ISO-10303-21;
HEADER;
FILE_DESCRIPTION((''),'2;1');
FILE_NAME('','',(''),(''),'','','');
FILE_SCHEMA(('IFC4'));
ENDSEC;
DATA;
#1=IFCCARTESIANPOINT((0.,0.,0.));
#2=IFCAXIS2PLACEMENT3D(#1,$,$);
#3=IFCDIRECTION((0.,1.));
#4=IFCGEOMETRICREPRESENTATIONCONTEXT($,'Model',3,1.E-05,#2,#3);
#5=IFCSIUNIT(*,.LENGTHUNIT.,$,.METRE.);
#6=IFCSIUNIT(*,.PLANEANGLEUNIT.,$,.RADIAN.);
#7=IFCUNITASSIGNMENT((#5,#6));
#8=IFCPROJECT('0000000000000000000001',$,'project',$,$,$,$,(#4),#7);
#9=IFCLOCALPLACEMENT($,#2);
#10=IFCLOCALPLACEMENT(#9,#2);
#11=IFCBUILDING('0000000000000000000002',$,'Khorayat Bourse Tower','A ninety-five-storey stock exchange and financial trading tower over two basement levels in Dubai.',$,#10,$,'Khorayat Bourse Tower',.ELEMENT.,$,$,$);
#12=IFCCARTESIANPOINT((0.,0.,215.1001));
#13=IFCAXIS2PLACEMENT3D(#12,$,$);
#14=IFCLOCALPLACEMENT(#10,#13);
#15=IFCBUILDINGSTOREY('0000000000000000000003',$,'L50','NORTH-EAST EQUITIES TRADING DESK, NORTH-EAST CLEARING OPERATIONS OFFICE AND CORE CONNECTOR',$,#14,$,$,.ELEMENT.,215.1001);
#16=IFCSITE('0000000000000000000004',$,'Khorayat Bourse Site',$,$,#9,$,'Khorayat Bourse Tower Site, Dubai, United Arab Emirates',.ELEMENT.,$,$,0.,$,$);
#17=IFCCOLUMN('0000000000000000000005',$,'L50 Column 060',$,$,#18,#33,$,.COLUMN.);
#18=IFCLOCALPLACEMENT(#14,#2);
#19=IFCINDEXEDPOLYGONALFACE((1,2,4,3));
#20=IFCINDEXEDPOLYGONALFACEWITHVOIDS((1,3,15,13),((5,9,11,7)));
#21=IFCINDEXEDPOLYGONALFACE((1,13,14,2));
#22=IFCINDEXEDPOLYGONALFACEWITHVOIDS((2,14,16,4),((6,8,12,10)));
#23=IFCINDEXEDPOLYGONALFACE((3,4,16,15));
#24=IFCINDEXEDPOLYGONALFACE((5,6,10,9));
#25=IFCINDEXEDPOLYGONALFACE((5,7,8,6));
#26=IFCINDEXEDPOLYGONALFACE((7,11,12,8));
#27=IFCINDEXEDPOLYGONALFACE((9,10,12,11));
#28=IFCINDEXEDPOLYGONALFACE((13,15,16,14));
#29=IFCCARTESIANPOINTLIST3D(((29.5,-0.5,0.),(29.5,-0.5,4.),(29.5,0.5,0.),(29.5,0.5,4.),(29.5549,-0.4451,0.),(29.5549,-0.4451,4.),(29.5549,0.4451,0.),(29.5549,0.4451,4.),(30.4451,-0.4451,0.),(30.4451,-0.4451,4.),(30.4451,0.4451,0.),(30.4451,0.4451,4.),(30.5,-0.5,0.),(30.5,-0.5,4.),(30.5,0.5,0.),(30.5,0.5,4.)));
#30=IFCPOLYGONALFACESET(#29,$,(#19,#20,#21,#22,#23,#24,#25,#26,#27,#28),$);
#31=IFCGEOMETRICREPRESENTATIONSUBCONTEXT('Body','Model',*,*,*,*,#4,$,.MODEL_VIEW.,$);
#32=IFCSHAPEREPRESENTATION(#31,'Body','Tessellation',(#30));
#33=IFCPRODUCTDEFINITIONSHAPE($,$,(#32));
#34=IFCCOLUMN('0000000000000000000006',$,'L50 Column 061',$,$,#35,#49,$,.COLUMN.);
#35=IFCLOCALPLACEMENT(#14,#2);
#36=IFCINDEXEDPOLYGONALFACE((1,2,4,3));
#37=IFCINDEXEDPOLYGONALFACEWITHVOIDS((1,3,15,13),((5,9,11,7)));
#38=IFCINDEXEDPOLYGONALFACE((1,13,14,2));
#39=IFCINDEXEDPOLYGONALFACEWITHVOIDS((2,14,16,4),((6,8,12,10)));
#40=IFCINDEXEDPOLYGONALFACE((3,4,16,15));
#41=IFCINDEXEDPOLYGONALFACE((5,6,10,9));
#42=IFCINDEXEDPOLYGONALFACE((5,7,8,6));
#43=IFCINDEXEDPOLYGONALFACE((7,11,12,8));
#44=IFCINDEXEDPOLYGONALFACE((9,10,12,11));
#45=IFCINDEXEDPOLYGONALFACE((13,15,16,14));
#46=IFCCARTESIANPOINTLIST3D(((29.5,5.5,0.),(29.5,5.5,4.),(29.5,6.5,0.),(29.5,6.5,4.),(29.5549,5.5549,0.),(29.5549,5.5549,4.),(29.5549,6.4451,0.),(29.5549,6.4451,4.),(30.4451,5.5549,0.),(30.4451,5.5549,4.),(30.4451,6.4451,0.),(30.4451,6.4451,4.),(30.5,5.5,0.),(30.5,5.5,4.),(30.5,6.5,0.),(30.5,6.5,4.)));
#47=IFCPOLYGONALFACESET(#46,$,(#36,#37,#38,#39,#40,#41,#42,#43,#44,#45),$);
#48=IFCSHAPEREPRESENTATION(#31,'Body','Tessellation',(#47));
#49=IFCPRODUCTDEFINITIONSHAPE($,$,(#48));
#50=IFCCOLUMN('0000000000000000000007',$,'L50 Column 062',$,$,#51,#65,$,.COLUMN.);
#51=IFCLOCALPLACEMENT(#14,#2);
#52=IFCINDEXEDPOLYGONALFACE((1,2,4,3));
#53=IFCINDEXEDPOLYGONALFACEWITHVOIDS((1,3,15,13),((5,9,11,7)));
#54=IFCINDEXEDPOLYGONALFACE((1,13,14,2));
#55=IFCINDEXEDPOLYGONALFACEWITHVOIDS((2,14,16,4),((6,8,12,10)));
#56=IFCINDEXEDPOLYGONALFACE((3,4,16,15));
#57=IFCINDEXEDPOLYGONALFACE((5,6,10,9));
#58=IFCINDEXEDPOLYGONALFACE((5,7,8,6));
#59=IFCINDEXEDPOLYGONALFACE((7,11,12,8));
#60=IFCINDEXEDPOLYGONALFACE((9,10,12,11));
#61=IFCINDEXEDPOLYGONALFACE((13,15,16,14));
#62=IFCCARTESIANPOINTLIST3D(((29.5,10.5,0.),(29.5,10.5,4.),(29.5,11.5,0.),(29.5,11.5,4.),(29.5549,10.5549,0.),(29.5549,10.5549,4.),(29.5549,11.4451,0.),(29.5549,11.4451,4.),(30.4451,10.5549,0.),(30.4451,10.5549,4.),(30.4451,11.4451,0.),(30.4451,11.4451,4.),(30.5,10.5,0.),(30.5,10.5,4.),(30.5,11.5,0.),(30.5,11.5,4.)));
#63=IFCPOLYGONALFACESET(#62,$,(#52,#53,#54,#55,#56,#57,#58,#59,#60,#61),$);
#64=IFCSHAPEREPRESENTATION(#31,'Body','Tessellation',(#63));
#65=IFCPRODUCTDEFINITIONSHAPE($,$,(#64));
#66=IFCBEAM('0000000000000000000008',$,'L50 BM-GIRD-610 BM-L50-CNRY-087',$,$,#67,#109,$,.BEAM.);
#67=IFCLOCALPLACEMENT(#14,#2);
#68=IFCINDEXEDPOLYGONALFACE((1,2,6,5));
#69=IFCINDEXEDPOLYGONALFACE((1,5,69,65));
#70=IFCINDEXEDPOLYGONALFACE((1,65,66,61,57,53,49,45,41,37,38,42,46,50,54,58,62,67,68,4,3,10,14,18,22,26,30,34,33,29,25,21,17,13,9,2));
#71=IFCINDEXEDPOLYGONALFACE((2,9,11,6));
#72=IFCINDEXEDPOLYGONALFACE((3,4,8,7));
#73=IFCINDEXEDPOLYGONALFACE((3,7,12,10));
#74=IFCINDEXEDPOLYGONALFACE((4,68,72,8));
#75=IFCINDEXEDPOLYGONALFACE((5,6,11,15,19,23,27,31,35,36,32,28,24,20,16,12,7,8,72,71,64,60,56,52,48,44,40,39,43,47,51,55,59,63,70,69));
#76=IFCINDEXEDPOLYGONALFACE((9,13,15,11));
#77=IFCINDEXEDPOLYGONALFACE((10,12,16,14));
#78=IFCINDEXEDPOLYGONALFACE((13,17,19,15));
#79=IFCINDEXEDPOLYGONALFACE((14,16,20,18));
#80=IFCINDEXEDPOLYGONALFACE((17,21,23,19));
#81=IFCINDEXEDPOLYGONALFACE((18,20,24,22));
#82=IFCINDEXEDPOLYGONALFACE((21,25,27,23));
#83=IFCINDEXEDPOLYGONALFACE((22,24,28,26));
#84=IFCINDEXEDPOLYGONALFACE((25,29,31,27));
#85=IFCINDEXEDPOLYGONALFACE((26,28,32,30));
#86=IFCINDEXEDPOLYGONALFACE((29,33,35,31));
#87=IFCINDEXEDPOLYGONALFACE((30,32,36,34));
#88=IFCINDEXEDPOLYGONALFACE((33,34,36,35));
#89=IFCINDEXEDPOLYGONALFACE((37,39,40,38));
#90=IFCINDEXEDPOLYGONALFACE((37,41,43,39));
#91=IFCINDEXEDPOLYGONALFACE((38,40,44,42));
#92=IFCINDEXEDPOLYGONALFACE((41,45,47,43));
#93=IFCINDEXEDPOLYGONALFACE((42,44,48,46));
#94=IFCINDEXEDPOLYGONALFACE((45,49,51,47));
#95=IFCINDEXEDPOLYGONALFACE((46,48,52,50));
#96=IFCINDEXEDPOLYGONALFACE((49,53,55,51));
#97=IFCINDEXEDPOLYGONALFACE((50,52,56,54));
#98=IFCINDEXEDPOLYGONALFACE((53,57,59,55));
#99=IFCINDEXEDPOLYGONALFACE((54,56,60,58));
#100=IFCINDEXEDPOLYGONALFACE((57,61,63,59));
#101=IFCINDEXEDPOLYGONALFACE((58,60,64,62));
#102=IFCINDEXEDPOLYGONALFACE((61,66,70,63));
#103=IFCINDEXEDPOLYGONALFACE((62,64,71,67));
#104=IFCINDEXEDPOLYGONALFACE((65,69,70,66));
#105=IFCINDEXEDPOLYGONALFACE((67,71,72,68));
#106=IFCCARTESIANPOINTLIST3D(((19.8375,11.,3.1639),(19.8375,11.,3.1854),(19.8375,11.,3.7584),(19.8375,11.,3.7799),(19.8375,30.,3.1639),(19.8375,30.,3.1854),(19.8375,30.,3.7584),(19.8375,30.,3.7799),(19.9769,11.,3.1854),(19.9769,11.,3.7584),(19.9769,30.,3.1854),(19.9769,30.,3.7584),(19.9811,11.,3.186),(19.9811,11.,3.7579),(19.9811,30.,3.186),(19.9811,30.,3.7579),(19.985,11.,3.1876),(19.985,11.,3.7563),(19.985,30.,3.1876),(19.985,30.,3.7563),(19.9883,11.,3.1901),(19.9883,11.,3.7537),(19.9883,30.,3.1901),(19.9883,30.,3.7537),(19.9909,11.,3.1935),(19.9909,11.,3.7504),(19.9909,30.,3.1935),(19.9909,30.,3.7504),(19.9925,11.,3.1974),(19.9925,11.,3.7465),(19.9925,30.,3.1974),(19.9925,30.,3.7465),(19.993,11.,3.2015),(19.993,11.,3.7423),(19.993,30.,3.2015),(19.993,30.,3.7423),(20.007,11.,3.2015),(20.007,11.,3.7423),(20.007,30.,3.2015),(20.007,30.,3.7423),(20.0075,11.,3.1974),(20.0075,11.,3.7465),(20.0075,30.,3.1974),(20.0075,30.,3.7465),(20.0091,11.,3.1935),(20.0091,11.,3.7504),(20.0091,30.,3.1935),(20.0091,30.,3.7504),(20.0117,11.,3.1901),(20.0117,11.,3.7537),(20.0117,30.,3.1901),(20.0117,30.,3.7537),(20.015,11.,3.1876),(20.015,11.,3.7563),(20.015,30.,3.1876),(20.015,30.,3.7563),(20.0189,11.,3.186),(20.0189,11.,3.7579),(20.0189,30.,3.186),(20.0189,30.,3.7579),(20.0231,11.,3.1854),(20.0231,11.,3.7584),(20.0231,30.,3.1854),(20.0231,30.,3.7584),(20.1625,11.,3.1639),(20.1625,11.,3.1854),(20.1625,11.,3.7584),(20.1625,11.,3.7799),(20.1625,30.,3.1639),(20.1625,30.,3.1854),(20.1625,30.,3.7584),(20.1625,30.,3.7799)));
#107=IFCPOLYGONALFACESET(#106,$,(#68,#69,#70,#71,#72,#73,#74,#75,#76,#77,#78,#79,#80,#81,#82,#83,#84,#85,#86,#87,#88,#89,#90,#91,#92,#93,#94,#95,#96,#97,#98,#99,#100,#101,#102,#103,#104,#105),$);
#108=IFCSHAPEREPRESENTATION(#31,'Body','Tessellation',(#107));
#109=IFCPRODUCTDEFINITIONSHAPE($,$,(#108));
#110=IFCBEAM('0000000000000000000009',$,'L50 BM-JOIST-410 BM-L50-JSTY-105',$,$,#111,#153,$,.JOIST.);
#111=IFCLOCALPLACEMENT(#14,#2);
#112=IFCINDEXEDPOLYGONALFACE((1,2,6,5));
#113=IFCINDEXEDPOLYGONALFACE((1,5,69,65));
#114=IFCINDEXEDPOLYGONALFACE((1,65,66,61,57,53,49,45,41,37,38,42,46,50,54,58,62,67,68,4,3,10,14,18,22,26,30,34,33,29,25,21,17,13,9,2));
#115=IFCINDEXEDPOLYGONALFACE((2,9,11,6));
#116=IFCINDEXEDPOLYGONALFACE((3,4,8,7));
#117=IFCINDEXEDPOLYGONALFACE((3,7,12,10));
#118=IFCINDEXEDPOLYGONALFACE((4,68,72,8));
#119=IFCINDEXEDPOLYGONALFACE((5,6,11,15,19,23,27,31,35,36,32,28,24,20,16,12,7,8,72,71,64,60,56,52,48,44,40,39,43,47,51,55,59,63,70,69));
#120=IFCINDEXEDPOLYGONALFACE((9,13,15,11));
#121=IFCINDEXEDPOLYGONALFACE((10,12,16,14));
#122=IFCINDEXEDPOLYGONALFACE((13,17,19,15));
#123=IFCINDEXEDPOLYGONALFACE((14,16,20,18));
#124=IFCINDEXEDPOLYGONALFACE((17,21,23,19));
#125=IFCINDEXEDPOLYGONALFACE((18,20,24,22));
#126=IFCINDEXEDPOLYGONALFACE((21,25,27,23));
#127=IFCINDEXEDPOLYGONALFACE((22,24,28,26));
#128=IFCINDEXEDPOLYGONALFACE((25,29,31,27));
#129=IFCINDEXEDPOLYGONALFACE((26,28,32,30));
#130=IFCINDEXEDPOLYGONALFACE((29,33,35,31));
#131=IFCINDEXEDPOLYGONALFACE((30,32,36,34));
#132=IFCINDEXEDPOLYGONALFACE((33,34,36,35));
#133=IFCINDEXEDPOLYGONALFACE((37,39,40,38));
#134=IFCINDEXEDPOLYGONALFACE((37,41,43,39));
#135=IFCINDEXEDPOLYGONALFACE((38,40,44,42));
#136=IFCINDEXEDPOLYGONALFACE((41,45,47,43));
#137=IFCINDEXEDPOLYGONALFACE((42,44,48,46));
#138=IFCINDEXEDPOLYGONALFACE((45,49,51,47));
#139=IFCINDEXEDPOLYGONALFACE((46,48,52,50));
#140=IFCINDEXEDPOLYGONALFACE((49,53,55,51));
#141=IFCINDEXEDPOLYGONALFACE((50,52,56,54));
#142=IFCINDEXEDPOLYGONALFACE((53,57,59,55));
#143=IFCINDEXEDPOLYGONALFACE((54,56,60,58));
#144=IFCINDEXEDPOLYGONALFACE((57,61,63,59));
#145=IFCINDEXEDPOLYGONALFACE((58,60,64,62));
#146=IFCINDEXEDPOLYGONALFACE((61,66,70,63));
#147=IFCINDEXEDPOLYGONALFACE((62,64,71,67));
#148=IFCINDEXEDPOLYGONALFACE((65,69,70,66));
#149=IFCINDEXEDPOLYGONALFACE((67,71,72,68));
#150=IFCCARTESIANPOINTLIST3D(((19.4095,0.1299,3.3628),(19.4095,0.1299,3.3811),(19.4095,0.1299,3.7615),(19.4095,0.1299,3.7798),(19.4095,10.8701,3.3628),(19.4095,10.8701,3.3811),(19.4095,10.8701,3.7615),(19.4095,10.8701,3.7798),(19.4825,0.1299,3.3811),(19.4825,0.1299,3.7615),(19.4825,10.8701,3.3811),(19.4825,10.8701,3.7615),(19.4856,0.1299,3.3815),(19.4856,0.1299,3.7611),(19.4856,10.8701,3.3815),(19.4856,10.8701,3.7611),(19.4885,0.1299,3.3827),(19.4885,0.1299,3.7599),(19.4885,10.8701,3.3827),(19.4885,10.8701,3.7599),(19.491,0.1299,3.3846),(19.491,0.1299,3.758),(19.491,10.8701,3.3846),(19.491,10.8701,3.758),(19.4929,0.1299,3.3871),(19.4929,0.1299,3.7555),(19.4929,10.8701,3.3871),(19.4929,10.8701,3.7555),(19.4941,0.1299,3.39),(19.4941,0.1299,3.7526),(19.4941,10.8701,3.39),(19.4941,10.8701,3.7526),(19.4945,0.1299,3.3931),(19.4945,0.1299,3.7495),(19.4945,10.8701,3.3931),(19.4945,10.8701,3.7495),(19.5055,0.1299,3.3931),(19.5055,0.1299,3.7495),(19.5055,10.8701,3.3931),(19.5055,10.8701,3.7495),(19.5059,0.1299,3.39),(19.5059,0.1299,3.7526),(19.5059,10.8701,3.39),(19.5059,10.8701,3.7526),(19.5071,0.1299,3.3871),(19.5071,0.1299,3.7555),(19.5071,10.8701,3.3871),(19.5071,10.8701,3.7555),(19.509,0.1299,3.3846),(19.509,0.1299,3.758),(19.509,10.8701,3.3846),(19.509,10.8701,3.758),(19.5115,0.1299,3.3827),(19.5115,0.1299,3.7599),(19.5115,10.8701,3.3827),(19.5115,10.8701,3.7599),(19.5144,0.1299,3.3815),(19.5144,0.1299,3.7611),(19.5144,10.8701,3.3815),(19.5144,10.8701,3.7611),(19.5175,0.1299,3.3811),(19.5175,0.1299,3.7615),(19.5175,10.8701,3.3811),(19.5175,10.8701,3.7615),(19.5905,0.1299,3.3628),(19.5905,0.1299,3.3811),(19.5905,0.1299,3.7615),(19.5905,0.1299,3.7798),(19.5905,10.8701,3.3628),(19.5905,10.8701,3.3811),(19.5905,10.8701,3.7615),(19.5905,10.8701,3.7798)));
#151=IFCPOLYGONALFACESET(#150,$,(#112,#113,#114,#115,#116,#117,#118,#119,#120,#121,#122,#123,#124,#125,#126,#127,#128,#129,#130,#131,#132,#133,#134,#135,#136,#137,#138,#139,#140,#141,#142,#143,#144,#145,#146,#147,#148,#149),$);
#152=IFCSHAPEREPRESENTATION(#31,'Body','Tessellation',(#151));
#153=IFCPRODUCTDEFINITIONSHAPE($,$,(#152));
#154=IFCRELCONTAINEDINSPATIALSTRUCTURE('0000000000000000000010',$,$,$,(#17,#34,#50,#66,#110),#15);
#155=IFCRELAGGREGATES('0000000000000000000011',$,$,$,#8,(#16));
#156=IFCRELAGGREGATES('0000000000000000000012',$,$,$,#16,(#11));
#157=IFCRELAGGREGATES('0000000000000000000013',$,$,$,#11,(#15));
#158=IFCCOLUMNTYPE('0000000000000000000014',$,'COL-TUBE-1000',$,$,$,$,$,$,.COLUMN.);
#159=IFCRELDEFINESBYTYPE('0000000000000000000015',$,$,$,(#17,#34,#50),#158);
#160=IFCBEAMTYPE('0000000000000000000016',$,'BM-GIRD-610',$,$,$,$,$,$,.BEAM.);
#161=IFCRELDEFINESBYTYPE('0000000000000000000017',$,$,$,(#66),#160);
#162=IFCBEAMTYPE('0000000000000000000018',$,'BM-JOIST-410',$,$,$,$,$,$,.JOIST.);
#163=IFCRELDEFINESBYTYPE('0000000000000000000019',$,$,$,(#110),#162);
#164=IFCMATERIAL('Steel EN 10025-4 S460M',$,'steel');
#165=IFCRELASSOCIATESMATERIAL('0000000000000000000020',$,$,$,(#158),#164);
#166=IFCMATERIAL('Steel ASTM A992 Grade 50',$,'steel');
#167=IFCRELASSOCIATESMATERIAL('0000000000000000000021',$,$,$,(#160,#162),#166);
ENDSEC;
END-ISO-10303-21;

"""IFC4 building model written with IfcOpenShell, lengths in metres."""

from ifc_helpers import new_model, si_unit, direction, frame, origin, origin_2d, place, context, subcontext, project, spatial, hollow_rectangle, i_section, extrude, source, transform, mapped, material, material_profile, profile_set, type_object, element, save


model = new_model("IFC4")

# Units and contexts
model_context = context("Model", 3, precision=1e-05, world=origin(), true_north=direction((0.0, 1.0)))
body_context = subcontext(model_context, "Body", "Model", "MODEL_VIEW")
ifc_project = project(units=[si_unit("LENGTHUNIT", "METRE"), si_unit("PLANEANGLEUNIT", "RADIAN")], contexts=[model_context])

# Site, building, storey
site_placement = place(None, origin())
site = spatial("IfcSite", under=ifc_project, at=site_placement, Name="Khorayat Bourse Site", LongName="Khorayat Bourse Tower Site, Dubai, United Arab Emirates", CompositionType="ELEMENT", RefElevation=0.0)
building_placement = place(site_placement, origin())
building = spatial("IfcBuilding", under=site, at=building_placement, Name="Khorayat Bourse Tower", Description="A ninety-five-storey stock exchange and financial trading tower over two basement levels in Dubai.", LongName="Khorayat Bourse Tower", CompositionType="ELEMENT")
storey_placement = place(building_placement, frame((0.0, 0.0, 215.1001)))
storey = spatial("IfcBuildingStorey", under=building, at=storey_placement, Name="L50", Description="NORTH-EAST EQUITIES TRADING DESK, NORTH-EAST CLEARING OPERATIONS OFFICE AND CORE CONNECTOR", CompositionType="ELEMENT", Elevation=215.1001)

# Columns
ifc_material_1 = material(Name="Steel EN 10025-4 S460M", Category="steel")
ifc_material_profile_1 = material_profile(ifc_material_1, hollow_rectangle(XDim=1.0, YDim=1.0, WallThickness=0.0549, at=origin_2d()), Name="BOX 1000x1000x55")
ifc_profile_set_1 = profile_set([ifc_material_profile_1], Name="Steel EN 10025-4 S460M")
column_type = type_object("IfcColumnType", Name="COL-TUBE-1000", PredefinedType="COLUMN", material=ifc_profile_set_1)
shared_shape_1 = source(origin(), body_context, "Body", "SweptSolid", [
    extrude(hollow_rectangle(XDim=1.0, YDim=1.0, WallThickness=0.0549, at=origin_2d()), origin(), (0.0, 0.0, 1.0), 4.0),
])
for number, where, z_axis, x_axis, name in (
    (1, (30.0, 0.0, 0.0), (0.0, 0.0, 1.0), (1.0, 0.0, 0.0), "L50 Column 060"),
    (2, (30.0, 6.0, 0.0), (0.0, 0.0, 1.0), (1.0, 0.0, 0.0), "L50 Column 061"),
    (3, (30.0, 11.0, 0.0), (0.0, 0.0, 1.0), (1.0, 0.0, 0.0), "L50 Column 062"),
):
    element("IfcColumn", number, at=place(storey_placement, frame(where, z_axis=z_axis, x_axis=x_axis)), inside=storey, type_object=column_type, Name=name, PredefinedType="COLUMN", context=body_context, shape_type="MappedRepresentation", body=[
        mapped(shared_shape_1, transform((0.0, 0.0, 0.0), scale=1.0)),
    ])

# Beams
ifc_material_2 = material(Name="Steel ASTM A992 Grade 50", Category="steel")
ifc_material_profile_2 = material_profile(ifc_material_2, i_section(OverallWidth=0.325, OverallDepth=0.616, WebThickness=0.0139, FlangeThickness=0.0215, FilletRadius=0.0161, at=origin_2d()), Name="W610X174")
ifc_profile_set_2 = profile_set([ifc_material_profile_2], Name="Steel ASTM A992 Grade 50")
beam_type_1 = type_object("IfcBeamType", Name="BM-GIRD-610", PredefinedType="BEAM", material=ifc_profile_set_2)
shared_shape_2 = source(origin(), body_context, "Body", "SweptSolid", [
    extrude(i_section(OverallWidth=0.325, OverallDepth=0.616, WebThickness=0.0139, FlangeThickness=0.0215, FilletRadius=0.0161, at=origin_2d()), origin(), (0.0, 0.0, 1.0), 19.0),
])
beam_1_placement = place(storey_placement, frame((20.0, 11.0, 3.4719), z_axis=(0.0, 1.0, 0.0), x_axis=(-1.0, 0.0, 0.0)))
element("IfcBeam", 4, at=beam_1_placement, inside=storey, type_object=beam_type_1, Name="L50 BM-GIRD-610 BM-L50-CNRY-087", PredefinedType="BEAM", context=body_context, shape_type="MappedRepresentation", body=[
    mapped(shared_shape_2, transform((0.0, 0.0, 0.0), scale=1.0)),
])
ifc_material_profile_3 = material_profile(ifc_material_2, i_section(OverallWidth=0.1809, OverallDepth=0.417, WebThickness=0.011, FlangeThickness=0.0183, FilletRadius=0.012, at=origin_2d()), Name="W410X85")
ifc_profile_set_3 = profile_set([ifc_material_profile_3], Name="Steel ASTM A992 Grade 50")
beam_type_2 = type_object("IfcBeamType", Name="BM-JOIST-410", PredefinedType="JOIST", material=ifc_profile_set_3)
shared_shape_3 = source(origin(), body_context, "Body", "SweptSolid", [
    extrude(i_section(OverallWidth=0.1809, OverallDepth=0.417, WebThickness=0.011, FlangeThickness=0.0183, FilletRadius=0.012, at=origin_2d()), origin(), (0.0, 0.0, 1.0), 10.7402),
])
beam_2_placement = place(storey_placement, frame((19.5, 0.1299, 3.5713), z_axis=(0.0, 1.0, 0.0), x_axis=(-1.0, 0.0, 0.0)))
element("IfcBeam", 5, at=beam_2_placement, inside=storey, type_object=beam_type_2, Name="L50 BM-JOIST-410 BM-L50-JSTY-105", PredefinedType="JOIST", context=body_context, shape_type="MappedRepresentation", body=[
    mapped(shared_shape_3, transform((0.0, 0.0, 0.0), scale=1.0)),
])

save(model, "model.ifc")
